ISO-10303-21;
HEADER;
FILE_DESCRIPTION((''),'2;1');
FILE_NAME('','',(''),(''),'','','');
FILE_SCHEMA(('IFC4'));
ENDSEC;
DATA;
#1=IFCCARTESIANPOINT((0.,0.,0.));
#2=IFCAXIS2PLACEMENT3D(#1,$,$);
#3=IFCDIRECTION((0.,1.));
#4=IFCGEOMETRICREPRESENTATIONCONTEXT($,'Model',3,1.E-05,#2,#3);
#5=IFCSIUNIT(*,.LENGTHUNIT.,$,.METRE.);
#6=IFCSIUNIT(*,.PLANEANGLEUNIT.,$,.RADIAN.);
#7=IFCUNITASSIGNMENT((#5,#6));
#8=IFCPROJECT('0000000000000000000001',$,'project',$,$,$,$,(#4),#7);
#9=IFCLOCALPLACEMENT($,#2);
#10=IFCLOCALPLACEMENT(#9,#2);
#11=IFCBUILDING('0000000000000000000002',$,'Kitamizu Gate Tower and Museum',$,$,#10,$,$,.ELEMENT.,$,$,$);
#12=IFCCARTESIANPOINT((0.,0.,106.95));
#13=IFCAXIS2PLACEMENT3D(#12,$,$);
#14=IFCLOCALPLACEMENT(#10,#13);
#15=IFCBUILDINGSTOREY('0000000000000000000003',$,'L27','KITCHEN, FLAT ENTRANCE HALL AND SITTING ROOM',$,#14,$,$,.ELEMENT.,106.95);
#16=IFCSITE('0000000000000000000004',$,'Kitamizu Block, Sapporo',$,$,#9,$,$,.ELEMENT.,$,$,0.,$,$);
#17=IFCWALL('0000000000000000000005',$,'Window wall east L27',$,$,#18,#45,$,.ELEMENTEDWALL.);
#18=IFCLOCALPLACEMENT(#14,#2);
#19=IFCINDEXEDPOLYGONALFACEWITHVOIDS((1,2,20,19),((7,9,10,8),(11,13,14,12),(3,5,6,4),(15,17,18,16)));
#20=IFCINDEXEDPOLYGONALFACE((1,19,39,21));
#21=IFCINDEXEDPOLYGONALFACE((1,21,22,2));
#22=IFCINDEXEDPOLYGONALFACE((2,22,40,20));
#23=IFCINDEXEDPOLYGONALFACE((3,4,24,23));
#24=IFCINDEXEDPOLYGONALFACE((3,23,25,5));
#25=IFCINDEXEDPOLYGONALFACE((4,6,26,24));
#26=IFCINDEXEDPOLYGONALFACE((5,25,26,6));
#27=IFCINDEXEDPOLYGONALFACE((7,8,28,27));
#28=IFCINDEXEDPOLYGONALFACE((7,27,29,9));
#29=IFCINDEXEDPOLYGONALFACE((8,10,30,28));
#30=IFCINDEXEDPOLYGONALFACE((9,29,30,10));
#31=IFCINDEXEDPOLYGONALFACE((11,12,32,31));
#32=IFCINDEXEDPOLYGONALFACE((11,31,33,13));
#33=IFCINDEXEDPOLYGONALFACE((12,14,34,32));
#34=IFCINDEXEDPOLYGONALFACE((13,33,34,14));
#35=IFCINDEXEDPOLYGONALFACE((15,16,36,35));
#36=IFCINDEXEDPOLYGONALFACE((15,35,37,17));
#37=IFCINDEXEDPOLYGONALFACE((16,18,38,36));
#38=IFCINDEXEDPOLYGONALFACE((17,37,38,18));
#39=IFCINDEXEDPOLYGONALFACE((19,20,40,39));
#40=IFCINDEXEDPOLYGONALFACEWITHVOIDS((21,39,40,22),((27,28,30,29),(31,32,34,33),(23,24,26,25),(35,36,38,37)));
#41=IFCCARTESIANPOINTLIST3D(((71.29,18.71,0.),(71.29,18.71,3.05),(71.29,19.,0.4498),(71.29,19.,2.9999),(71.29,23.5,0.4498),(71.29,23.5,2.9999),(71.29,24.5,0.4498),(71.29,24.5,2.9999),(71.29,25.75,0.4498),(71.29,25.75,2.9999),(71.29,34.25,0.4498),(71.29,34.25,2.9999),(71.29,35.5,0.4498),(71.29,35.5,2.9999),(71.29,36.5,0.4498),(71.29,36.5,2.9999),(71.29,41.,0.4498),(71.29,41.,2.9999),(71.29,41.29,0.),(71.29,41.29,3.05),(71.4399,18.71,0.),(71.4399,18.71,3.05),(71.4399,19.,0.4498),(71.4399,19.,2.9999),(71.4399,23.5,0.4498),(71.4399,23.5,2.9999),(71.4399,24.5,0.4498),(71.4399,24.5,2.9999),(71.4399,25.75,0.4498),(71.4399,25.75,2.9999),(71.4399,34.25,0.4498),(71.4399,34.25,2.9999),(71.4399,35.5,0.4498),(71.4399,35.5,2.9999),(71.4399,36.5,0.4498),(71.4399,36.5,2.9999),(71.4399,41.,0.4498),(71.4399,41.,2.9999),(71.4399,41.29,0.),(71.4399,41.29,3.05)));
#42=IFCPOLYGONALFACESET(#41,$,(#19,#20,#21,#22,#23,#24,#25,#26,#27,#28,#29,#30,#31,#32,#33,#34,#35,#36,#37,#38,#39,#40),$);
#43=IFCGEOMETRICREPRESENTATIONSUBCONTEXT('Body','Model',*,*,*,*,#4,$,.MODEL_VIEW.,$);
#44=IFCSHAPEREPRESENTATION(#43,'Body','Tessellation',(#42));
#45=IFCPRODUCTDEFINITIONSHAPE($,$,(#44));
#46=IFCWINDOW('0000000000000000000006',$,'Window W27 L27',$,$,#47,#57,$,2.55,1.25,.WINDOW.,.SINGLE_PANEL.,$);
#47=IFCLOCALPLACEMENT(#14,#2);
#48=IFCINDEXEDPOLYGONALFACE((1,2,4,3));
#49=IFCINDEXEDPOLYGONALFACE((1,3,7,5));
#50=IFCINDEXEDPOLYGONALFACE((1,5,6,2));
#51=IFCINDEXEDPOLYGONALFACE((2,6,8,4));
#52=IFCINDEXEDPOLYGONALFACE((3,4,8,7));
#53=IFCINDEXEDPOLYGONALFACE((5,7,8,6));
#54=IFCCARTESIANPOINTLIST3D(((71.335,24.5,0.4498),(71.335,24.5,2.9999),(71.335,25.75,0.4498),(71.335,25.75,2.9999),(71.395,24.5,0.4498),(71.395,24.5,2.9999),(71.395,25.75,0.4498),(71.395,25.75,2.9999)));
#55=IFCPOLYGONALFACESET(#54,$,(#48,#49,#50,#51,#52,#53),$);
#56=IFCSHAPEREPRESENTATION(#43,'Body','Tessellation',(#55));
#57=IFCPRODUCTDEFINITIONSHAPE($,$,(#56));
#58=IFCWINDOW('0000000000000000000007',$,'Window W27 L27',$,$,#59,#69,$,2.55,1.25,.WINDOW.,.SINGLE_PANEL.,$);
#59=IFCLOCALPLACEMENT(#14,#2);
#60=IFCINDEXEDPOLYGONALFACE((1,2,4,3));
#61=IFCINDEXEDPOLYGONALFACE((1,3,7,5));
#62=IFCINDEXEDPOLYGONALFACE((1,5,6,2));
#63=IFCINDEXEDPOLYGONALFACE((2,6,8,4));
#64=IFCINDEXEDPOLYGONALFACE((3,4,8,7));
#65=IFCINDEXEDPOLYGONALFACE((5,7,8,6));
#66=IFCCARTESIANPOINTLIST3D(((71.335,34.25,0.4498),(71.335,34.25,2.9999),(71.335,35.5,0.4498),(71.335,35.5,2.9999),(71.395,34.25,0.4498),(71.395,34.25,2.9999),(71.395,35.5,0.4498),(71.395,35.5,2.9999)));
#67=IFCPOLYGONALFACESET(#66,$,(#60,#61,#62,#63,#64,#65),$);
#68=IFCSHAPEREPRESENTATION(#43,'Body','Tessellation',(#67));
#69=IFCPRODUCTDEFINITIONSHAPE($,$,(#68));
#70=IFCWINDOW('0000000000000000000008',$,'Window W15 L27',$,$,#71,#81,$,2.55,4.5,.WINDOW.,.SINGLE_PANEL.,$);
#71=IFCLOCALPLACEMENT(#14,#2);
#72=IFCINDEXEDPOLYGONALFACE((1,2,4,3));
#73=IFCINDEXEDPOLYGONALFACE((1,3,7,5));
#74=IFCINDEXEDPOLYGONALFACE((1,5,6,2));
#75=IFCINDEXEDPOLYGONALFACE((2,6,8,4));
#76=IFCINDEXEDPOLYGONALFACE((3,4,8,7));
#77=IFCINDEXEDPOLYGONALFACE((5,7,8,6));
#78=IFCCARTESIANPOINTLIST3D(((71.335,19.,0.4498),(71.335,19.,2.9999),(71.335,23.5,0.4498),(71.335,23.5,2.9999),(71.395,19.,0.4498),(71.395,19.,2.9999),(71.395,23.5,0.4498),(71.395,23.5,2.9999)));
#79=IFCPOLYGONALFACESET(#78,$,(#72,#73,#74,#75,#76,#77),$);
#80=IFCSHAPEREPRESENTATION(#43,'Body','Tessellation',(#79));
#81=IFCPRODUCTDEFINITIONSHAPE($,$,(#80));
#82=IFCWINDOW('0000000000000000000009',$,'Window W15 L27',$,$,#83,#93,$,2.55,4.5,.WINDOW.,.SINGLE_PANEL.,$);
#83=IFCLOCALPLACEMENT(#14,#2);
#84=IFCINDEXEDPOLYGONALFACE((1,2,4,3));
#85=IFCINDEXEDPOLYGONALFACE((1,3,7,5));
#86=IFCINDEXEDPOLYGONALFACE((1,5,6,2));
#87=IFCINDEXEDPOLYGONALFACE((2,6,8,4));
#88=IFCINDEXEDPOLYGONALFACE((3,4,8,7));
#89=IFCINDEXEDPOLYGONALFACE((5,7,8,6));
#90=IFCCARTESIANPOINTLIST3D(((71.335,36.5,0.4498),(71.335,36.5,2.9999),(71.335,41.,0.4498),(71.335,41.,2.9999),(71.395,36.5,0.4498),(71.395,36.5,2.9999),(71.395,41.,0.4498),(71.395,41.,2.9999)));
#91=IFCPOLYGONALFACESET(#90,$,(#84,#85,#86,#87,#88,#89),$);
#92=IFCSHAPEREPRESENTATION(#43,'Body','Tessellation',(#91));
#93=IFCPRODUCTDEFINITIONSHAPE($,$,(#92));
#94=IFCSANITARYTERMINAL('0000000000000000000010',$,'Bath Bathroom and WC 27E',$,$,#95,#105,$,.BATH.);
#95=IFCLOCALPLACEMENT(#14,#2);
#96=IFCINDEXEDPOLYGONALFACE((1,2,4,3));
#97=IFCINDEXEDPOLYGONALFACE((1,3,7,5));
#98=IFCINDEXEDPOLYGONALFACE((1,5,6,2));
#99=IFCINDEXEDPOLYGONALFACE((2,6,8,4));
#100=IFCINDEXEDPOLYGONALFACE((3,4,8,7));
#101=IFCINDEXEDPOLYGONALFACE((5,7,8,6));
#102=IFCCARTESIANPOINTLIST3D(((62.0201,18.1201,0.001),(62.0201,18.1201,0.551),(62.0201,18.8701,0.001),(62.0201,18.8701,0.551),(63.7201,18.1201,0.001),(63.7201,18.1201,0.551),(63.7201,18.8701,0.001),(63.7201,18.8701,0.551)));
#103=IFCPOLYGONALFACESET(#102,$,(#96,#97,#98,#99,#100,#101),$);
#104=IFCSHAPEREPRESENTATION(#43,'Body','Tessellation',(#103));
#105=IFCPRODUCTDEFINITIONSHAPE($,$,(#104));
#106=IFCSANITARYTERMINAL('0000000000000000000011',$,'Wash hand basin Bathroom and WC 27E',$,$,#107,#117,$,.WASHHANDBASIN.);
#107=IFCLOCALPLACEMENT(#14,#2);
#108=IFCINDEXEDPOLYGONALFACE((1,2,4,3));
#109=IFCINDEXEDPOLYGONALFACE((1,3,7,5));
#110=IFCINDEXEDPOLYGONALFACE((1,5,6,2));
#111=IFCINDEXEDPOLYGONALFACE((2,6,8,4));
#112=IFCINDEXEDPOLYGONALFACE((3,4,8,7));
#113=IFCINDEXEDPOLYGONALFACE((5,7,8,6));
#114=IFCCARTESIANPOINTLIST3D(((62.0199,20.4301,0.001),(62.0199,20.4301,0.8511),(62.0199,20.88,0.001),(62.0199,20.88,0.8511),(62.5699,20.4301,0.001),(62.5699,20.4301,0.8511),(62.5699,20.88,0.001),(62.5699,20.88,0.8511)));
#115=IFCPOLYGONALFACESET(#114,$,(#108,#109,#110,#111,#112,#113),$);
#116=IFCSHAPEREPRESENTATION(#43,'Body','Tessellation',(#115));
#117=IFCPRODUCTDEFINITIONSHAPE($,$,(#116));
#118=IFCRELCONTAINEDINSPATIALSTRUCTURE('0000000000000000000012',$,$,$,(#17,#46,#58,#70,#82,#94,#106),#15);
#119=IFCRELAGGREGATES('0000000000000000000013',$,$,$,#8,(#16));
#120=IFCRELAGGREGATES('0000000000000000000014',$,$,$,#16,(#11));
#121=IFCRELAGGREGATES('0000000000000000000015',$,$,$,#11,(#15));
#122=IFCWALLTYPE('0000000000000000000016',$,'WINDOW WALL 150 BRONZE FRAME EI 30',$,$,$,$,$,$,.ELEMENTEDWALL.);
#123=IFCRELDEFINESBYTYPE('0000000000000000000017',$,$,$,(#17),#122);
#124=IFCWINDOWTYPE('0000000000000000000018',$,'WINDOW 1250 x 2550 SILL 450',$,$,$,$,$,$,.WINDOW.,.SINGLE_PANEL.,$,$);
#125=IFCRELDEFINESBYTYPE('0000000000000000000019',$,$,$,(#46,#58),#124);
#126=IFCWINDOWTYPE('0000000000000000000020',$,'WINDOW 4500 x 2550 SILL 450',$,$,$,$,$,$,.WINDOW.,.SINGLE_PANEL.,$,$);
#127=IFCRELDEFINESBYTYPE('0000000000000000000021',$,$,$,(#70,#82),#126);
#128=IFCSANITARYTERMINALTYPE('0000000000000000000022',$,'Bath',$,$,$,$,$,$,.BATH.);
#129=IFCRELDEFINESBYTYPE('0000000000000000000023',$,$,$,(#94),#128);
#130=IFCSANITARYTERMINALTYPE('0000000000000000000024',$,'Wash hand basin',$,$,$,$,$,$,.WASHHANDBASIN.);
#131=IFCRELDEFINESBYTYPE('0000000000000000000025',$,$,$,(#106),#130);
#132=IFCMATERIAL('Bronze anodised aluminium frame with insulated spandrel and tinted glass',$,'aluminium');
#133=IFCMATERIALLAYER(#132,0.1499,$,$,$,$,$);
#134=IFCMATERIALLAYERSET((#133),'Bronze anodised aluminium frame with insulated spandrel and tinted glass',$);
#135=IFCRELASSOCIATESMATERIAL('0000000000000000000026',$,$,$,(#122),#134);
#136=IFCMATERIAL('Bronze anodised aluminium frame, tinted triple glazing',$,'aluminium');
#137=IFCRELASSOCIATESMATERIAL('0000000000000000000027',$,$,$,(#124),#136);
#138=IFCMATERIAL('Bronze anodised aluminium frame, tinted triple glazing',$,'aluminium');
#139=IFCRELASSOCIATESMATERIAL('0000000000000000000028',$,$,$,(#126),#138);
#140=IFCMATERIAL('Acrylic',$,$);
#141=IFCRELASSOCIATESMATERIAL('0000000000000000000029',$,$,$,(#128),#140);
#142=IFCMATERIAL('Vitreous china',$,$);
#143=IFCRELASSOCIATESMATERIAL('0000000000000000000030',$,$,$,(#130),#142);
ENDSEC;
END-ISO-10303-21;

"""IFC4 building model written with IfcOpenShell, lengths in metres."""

from ifc_helpers import new_model, si_unit, direction, frame, frame_2d, origin, origin_2d, place, context, subcontext, project, spatial, rectangle, extrude, material, layer, layer_set, type_object, element, fill, save


model = new_model("IFC4")

# Units and contexts
model_context = context("Model", 3, precision=1e-05, world=origin(), true_north=direction((0.0, 1.0)))
body_context = subcontext(model_context, "Body", "Model", "MODEL_VIEW")
ifc_project = project(units=[si_unit("LENGTHUNIT", "METRE"), si_unit("PLANEANGLEUNIT", "RADIAN")], contexts=[model_context])

# Site, building, storey
site_placement = place(None, origin())
site = spatial("IfcSite", under=ifc_project, at=site_placement, Name="Kitamizu Block, Sapporo", CompositionType="ELEMENT", RefElevation=0.0)
building_placement = place(site_placement, origin())
building = spatial("IfcBuilding", under=site, at=building_placement, Name="Kitamizu Gate Tower and Museum", CompositionType="ELEMENT")
storey_placement = place(building_placement, frame((0.0, 0.0, 106.95)))
storey = spatial("IfcBuildingStorey", under=building, at=storey_placement, Name="L27", Description="KITCHEN, FLAT ENTRANCE HALL AND SITTING ROOM", CompositionType="ELEMENT", Elevation=106.95)

# Shared definitions
ifc_material_1 = material(Name="Bronze anodised aluminium frame with insulated spandrel and tinted glass", Category="aluminium")
ifc_layer_1 = layer(ifc_material_1, 0.1499)
ifc_layer_set_1 = layer_set([ifc_layer_1], Name="Bronze anodised aluminium frame with insulated spandrel and tinted glass")
wall_type_1 = type_object("IfcWallType", Name="WINDOW WALL 150 BRONZE FRAME EI 30", PredefinedType="ELEMENTEDWALL", material=ifc_layer_set_1)

# Wall, openings, windows
wall_1_placement = place(storey_placement, frame((71.365, 18.71, 0.0), z_axis=(0.0, 0.0, 1.0), x_axis=(0.0, 1.0, 0.0)))
wall_1 = element("IfcWall", 1, at=wall_1_placement, inside=storey, type_object=wall_type_1, Name="Window wall east L27", PredefinedType="ELEMENTEDWALL", context=body_context, shape_type="SweptSolid", body=[
    extrude(rectangle(XDim=22.5801, YDim=0.1499, at=frame_2d((11.29, 0.0))), origin(), (0.0, 0.0, 1.0), 3.05),
])
opening_1_placement = place(wall_1_placement, frame((0.29, 0.0, 0.45)))
opening_1 = element("IfcOpeningElement", 2, at=opening_1_placement, cuts=wall_1, PredefinedType="OPENING", context=body_context, shape_type="SweptSolid", body=[
    extrude(rectangle(XDim=4.5, YDim=2.55, at=frame_2d((2.25, 1.2749))), frame((0.0, 0.085, 0.0), z_axis=(0.0, -1.0, 0.0), x_axis=(1.0, 0.0, 0.0)), (0.0, 0.0, 1.0), 0.1699),
])
opening_2_placement = place(wall_1_placement, frame((5.79, 0.0, 0.45)))
opening_2 = element("IfcOpeningElement", 3, at=opening_2_placement, cuts=wall_1, PredefinedType="OPENING", context=body_context, shape_type="SweptSolid", body=[
    extrude(rectangle(XDim=1.25, YDim=2.55, at=frame_2d((0.625, 1.2749))), frame((0.0, 0.085, 0.0), z_axis=(0.0, -1.0, 0.0), x_axis=(1.0, 0.0, 0.0)), (0.0, 0.0, 1.0), 0.1699),
])
opening_3_placement = place(wall_1_placement, frame((15.54, 0.0, 0.45)))
opening_3 = element("IfcOpeningElement", 4, at=opening_3_placement, cuts=wall_1, PredefinedType="OPENING", context=body_context, shape_type="SweptSolid", body=[
    extrude(rectangle(XDim=1.25, YDim=2.55, at=frame_2d((0.625, 1.2749))), frame((0.0, 0.085, 0.0), z_axis=(0.0, -1.0, 0.0), x_axis=(1.0, 0.0, 0.0)), (0.0, 0.0, 1.0), 0.1699),
])
opening_4_placement = place(wall_1_placement, frame((17.79, 0.0, 0.45)))
opening_4 = element("IfcOpeningElement", 5, at=opening_4_placement, cuts=wall_1, PredefinedType="OPENING", context=body_context, shape_type="SweptSolid", body=[
    extrude(rectangle(XDim=4.5, YDim=2.55, at=frame_2d((2.25, 1.2749))), frame((0.0, 0.085, 0.0), z_axis=(0.0, -1.0, 0.0), x_axis=(1.0, 0.0, 0.0)), (0.0, 0.0, 1.0), 0.1699),
])
ifc_material_2 = material(Name="Bronze anodised aluminium frame, tinted triple glazing", Category="aluminium")
window_type_1 = type_object("IfcWindowType", Name="WINDOW 1250 x 2550 SILL 450", PartitioningType="SINGLE_PANEL", PredefinedType="WINDOW", material=ifc_material_2)
window_1_placement = place(opening_2_placement, origin())
window_1 = element("IfcWindow", 6, at=window_1_placement, inside=storey, type_object=window_type_1, Name="Window W27 L27", OverallHeight=2.55, OverallWidth=1.25, PartitioningType="SINGLE_PANEL", PredefinedType="WINDOW", context=body_context, shape_type="SweptSolid", body=[
    extrude(rectangle(XDim=1.25, YDim=2.55, at=frame_2d((0.625, 1.2749))), frame((0.0, 0.03, 0.0), z_axis=(0.0, -1.0, 0.0), x_axis=(1.0, 0.0, 0.0)), (0.0, 0.0, 1.0), 0.0601),
])
fill(opening_2, window_1)
window_2_placement = place(opening_3_placement, origin())
window_2 = element("IfcWindow", 7, at=window_2_placement, inside=storey, type_object=window_type_1, Name="Window W27 L27", OverallHeight=2.55, OverallWidth=1.25, PartitioningType="SINGLE_PANEL", PredefinedType="WINDOW", context=body_context, shape_type="SweptSolid", body=[
    extrude(rectangle(XDim=1.25, YDim=2.55, at=frame_2d((0.625, 1.2749))), frame((0.0, 0.03, 0.0), z_axis=(0.0, -1.0, 0.0), x_axis=(1.0, 0.0, 0.0)), (0.0, 0.0, 1.0), 0.0601),
])
fill(opening_3, window_2)
ifc_material_3 = material(Name="Bronze anodised aluminium frame, tinted triple glazing", Category="aluminium")
window_type_2 = type_object("IfcWindowType", Name="WINDOW 4500 x 2550 SILL 450", PartitioningType="SINGLE_PANEL", PredefinedType="WINDOW", material=ifc_material_3)
window_3_placement = place(opening_1_placement, origin())
window_3 = element("IfcWindow", 8, at=window_3_placement, inside=storey, type_object=window_type_2, Name="Window W15 L27", OverallHeight=2.55, OverallWidth=4.5, PartitioningType="SINGLE_PANEL", PredefinedType="WINDOW", context=body_context, shape_type="SweptSolid", body=[
    extrude(rectangle(XDim=4.5, YDim=2.55, at=frame_2d((2.25, 1.2749))), frame((0.0, 0.03, 0.0), z_axis=(0.0, -1.0, 0.0), x_axis=(1.0, 0.0, 0.0)), (0.0, 0.0, 1.0), 0.0601),
])
fill(opening_1, window_3)
window_4_placement = place(opening_4_placement, origin())
window_4 = element("IfcWindow", 9, at=window_4_placement, inside=storey, type_object=window_type_2, Name="Window W15 L27", OverallHeight=2.55, OverallWidth=4.5, PartitioningType="SINGLE_PANEL", PredefinedType="WINDOW", context=body_context, shape_type="SweptSolid", body=[
    extrude(rectangle(XDim=4.5, YDim=2.55, at=frame_2d((2.25, 1.2749))), frame((0.0, 0.03, 0.0), z_axis=(0.0, -1.0, 0.0), x_axis=(1.0, 0.0, 0.0)), (0.0, 0.0, 1.0), 0.0601),
])
fill(opening_4, window_4)

# Sanitary terminals
ifc_material_4 = material(Name="Acrylic")
sanitary_terminal_type_1 = type_object("IfcSanitaryTerminalType", Name="Bath", PredefinedType="BATH", material=ifc_material_4)
sanitary_terminal_1_placement = place(storey_placement, frame((62.8701, 18.4951, 0.001), z_axis=(0.0, 0.0, 1.0), x_axis=(1.0, 0.0, 0.0)))
element("IfcSanitaryTerminal", 10, at=sanitary_terminal_1_placement, inside=storey, type_object=sanitary_terminal_type_1, Name="Bath Bathroom and WC 27E", PredefinedType="BATH", context=body_context, shape_type="SweptSolid", body=[
    extrude(rectangle(XDim=1.7, YDim=0.75, at=origin_2d()), origin(), (0.0, 0.0, 1.0), 0.55),
])
ifc_material_5 = material(Name="Vitreous china")
sanitary_terminal_type_2 = type_object("IfcSanitaryTerminalType", Name="Wash hand basin", PredefinedType="WASHHANDBASIN", material=ifc_material_5)
sanitary_terminal_2_placement = place(storey_placement, frame((62.2949, 20.655, 0.001), z_axis=(0.0, 0.0, 1.0), x_axis=(1.0, 0.0, 0.0)))
element("IfcSanitaryTerminal", 11, at=sanitary_terminal_2_placement, inside=storey, type_object=sanitary_terminal_type_2, Name="Wash hand basin Bathroom and WC 27E", PredefinedType="WASHHANDBASIN", context=body_context, shape_type="SweptSolid", body=[
    extrude(rectangle(XDim=0.55, YDim=0.45, at=origin_2d()), origin(), (0.0, 0.0, 1.0), 0.8501),
])

save(model, "model.ifc")
